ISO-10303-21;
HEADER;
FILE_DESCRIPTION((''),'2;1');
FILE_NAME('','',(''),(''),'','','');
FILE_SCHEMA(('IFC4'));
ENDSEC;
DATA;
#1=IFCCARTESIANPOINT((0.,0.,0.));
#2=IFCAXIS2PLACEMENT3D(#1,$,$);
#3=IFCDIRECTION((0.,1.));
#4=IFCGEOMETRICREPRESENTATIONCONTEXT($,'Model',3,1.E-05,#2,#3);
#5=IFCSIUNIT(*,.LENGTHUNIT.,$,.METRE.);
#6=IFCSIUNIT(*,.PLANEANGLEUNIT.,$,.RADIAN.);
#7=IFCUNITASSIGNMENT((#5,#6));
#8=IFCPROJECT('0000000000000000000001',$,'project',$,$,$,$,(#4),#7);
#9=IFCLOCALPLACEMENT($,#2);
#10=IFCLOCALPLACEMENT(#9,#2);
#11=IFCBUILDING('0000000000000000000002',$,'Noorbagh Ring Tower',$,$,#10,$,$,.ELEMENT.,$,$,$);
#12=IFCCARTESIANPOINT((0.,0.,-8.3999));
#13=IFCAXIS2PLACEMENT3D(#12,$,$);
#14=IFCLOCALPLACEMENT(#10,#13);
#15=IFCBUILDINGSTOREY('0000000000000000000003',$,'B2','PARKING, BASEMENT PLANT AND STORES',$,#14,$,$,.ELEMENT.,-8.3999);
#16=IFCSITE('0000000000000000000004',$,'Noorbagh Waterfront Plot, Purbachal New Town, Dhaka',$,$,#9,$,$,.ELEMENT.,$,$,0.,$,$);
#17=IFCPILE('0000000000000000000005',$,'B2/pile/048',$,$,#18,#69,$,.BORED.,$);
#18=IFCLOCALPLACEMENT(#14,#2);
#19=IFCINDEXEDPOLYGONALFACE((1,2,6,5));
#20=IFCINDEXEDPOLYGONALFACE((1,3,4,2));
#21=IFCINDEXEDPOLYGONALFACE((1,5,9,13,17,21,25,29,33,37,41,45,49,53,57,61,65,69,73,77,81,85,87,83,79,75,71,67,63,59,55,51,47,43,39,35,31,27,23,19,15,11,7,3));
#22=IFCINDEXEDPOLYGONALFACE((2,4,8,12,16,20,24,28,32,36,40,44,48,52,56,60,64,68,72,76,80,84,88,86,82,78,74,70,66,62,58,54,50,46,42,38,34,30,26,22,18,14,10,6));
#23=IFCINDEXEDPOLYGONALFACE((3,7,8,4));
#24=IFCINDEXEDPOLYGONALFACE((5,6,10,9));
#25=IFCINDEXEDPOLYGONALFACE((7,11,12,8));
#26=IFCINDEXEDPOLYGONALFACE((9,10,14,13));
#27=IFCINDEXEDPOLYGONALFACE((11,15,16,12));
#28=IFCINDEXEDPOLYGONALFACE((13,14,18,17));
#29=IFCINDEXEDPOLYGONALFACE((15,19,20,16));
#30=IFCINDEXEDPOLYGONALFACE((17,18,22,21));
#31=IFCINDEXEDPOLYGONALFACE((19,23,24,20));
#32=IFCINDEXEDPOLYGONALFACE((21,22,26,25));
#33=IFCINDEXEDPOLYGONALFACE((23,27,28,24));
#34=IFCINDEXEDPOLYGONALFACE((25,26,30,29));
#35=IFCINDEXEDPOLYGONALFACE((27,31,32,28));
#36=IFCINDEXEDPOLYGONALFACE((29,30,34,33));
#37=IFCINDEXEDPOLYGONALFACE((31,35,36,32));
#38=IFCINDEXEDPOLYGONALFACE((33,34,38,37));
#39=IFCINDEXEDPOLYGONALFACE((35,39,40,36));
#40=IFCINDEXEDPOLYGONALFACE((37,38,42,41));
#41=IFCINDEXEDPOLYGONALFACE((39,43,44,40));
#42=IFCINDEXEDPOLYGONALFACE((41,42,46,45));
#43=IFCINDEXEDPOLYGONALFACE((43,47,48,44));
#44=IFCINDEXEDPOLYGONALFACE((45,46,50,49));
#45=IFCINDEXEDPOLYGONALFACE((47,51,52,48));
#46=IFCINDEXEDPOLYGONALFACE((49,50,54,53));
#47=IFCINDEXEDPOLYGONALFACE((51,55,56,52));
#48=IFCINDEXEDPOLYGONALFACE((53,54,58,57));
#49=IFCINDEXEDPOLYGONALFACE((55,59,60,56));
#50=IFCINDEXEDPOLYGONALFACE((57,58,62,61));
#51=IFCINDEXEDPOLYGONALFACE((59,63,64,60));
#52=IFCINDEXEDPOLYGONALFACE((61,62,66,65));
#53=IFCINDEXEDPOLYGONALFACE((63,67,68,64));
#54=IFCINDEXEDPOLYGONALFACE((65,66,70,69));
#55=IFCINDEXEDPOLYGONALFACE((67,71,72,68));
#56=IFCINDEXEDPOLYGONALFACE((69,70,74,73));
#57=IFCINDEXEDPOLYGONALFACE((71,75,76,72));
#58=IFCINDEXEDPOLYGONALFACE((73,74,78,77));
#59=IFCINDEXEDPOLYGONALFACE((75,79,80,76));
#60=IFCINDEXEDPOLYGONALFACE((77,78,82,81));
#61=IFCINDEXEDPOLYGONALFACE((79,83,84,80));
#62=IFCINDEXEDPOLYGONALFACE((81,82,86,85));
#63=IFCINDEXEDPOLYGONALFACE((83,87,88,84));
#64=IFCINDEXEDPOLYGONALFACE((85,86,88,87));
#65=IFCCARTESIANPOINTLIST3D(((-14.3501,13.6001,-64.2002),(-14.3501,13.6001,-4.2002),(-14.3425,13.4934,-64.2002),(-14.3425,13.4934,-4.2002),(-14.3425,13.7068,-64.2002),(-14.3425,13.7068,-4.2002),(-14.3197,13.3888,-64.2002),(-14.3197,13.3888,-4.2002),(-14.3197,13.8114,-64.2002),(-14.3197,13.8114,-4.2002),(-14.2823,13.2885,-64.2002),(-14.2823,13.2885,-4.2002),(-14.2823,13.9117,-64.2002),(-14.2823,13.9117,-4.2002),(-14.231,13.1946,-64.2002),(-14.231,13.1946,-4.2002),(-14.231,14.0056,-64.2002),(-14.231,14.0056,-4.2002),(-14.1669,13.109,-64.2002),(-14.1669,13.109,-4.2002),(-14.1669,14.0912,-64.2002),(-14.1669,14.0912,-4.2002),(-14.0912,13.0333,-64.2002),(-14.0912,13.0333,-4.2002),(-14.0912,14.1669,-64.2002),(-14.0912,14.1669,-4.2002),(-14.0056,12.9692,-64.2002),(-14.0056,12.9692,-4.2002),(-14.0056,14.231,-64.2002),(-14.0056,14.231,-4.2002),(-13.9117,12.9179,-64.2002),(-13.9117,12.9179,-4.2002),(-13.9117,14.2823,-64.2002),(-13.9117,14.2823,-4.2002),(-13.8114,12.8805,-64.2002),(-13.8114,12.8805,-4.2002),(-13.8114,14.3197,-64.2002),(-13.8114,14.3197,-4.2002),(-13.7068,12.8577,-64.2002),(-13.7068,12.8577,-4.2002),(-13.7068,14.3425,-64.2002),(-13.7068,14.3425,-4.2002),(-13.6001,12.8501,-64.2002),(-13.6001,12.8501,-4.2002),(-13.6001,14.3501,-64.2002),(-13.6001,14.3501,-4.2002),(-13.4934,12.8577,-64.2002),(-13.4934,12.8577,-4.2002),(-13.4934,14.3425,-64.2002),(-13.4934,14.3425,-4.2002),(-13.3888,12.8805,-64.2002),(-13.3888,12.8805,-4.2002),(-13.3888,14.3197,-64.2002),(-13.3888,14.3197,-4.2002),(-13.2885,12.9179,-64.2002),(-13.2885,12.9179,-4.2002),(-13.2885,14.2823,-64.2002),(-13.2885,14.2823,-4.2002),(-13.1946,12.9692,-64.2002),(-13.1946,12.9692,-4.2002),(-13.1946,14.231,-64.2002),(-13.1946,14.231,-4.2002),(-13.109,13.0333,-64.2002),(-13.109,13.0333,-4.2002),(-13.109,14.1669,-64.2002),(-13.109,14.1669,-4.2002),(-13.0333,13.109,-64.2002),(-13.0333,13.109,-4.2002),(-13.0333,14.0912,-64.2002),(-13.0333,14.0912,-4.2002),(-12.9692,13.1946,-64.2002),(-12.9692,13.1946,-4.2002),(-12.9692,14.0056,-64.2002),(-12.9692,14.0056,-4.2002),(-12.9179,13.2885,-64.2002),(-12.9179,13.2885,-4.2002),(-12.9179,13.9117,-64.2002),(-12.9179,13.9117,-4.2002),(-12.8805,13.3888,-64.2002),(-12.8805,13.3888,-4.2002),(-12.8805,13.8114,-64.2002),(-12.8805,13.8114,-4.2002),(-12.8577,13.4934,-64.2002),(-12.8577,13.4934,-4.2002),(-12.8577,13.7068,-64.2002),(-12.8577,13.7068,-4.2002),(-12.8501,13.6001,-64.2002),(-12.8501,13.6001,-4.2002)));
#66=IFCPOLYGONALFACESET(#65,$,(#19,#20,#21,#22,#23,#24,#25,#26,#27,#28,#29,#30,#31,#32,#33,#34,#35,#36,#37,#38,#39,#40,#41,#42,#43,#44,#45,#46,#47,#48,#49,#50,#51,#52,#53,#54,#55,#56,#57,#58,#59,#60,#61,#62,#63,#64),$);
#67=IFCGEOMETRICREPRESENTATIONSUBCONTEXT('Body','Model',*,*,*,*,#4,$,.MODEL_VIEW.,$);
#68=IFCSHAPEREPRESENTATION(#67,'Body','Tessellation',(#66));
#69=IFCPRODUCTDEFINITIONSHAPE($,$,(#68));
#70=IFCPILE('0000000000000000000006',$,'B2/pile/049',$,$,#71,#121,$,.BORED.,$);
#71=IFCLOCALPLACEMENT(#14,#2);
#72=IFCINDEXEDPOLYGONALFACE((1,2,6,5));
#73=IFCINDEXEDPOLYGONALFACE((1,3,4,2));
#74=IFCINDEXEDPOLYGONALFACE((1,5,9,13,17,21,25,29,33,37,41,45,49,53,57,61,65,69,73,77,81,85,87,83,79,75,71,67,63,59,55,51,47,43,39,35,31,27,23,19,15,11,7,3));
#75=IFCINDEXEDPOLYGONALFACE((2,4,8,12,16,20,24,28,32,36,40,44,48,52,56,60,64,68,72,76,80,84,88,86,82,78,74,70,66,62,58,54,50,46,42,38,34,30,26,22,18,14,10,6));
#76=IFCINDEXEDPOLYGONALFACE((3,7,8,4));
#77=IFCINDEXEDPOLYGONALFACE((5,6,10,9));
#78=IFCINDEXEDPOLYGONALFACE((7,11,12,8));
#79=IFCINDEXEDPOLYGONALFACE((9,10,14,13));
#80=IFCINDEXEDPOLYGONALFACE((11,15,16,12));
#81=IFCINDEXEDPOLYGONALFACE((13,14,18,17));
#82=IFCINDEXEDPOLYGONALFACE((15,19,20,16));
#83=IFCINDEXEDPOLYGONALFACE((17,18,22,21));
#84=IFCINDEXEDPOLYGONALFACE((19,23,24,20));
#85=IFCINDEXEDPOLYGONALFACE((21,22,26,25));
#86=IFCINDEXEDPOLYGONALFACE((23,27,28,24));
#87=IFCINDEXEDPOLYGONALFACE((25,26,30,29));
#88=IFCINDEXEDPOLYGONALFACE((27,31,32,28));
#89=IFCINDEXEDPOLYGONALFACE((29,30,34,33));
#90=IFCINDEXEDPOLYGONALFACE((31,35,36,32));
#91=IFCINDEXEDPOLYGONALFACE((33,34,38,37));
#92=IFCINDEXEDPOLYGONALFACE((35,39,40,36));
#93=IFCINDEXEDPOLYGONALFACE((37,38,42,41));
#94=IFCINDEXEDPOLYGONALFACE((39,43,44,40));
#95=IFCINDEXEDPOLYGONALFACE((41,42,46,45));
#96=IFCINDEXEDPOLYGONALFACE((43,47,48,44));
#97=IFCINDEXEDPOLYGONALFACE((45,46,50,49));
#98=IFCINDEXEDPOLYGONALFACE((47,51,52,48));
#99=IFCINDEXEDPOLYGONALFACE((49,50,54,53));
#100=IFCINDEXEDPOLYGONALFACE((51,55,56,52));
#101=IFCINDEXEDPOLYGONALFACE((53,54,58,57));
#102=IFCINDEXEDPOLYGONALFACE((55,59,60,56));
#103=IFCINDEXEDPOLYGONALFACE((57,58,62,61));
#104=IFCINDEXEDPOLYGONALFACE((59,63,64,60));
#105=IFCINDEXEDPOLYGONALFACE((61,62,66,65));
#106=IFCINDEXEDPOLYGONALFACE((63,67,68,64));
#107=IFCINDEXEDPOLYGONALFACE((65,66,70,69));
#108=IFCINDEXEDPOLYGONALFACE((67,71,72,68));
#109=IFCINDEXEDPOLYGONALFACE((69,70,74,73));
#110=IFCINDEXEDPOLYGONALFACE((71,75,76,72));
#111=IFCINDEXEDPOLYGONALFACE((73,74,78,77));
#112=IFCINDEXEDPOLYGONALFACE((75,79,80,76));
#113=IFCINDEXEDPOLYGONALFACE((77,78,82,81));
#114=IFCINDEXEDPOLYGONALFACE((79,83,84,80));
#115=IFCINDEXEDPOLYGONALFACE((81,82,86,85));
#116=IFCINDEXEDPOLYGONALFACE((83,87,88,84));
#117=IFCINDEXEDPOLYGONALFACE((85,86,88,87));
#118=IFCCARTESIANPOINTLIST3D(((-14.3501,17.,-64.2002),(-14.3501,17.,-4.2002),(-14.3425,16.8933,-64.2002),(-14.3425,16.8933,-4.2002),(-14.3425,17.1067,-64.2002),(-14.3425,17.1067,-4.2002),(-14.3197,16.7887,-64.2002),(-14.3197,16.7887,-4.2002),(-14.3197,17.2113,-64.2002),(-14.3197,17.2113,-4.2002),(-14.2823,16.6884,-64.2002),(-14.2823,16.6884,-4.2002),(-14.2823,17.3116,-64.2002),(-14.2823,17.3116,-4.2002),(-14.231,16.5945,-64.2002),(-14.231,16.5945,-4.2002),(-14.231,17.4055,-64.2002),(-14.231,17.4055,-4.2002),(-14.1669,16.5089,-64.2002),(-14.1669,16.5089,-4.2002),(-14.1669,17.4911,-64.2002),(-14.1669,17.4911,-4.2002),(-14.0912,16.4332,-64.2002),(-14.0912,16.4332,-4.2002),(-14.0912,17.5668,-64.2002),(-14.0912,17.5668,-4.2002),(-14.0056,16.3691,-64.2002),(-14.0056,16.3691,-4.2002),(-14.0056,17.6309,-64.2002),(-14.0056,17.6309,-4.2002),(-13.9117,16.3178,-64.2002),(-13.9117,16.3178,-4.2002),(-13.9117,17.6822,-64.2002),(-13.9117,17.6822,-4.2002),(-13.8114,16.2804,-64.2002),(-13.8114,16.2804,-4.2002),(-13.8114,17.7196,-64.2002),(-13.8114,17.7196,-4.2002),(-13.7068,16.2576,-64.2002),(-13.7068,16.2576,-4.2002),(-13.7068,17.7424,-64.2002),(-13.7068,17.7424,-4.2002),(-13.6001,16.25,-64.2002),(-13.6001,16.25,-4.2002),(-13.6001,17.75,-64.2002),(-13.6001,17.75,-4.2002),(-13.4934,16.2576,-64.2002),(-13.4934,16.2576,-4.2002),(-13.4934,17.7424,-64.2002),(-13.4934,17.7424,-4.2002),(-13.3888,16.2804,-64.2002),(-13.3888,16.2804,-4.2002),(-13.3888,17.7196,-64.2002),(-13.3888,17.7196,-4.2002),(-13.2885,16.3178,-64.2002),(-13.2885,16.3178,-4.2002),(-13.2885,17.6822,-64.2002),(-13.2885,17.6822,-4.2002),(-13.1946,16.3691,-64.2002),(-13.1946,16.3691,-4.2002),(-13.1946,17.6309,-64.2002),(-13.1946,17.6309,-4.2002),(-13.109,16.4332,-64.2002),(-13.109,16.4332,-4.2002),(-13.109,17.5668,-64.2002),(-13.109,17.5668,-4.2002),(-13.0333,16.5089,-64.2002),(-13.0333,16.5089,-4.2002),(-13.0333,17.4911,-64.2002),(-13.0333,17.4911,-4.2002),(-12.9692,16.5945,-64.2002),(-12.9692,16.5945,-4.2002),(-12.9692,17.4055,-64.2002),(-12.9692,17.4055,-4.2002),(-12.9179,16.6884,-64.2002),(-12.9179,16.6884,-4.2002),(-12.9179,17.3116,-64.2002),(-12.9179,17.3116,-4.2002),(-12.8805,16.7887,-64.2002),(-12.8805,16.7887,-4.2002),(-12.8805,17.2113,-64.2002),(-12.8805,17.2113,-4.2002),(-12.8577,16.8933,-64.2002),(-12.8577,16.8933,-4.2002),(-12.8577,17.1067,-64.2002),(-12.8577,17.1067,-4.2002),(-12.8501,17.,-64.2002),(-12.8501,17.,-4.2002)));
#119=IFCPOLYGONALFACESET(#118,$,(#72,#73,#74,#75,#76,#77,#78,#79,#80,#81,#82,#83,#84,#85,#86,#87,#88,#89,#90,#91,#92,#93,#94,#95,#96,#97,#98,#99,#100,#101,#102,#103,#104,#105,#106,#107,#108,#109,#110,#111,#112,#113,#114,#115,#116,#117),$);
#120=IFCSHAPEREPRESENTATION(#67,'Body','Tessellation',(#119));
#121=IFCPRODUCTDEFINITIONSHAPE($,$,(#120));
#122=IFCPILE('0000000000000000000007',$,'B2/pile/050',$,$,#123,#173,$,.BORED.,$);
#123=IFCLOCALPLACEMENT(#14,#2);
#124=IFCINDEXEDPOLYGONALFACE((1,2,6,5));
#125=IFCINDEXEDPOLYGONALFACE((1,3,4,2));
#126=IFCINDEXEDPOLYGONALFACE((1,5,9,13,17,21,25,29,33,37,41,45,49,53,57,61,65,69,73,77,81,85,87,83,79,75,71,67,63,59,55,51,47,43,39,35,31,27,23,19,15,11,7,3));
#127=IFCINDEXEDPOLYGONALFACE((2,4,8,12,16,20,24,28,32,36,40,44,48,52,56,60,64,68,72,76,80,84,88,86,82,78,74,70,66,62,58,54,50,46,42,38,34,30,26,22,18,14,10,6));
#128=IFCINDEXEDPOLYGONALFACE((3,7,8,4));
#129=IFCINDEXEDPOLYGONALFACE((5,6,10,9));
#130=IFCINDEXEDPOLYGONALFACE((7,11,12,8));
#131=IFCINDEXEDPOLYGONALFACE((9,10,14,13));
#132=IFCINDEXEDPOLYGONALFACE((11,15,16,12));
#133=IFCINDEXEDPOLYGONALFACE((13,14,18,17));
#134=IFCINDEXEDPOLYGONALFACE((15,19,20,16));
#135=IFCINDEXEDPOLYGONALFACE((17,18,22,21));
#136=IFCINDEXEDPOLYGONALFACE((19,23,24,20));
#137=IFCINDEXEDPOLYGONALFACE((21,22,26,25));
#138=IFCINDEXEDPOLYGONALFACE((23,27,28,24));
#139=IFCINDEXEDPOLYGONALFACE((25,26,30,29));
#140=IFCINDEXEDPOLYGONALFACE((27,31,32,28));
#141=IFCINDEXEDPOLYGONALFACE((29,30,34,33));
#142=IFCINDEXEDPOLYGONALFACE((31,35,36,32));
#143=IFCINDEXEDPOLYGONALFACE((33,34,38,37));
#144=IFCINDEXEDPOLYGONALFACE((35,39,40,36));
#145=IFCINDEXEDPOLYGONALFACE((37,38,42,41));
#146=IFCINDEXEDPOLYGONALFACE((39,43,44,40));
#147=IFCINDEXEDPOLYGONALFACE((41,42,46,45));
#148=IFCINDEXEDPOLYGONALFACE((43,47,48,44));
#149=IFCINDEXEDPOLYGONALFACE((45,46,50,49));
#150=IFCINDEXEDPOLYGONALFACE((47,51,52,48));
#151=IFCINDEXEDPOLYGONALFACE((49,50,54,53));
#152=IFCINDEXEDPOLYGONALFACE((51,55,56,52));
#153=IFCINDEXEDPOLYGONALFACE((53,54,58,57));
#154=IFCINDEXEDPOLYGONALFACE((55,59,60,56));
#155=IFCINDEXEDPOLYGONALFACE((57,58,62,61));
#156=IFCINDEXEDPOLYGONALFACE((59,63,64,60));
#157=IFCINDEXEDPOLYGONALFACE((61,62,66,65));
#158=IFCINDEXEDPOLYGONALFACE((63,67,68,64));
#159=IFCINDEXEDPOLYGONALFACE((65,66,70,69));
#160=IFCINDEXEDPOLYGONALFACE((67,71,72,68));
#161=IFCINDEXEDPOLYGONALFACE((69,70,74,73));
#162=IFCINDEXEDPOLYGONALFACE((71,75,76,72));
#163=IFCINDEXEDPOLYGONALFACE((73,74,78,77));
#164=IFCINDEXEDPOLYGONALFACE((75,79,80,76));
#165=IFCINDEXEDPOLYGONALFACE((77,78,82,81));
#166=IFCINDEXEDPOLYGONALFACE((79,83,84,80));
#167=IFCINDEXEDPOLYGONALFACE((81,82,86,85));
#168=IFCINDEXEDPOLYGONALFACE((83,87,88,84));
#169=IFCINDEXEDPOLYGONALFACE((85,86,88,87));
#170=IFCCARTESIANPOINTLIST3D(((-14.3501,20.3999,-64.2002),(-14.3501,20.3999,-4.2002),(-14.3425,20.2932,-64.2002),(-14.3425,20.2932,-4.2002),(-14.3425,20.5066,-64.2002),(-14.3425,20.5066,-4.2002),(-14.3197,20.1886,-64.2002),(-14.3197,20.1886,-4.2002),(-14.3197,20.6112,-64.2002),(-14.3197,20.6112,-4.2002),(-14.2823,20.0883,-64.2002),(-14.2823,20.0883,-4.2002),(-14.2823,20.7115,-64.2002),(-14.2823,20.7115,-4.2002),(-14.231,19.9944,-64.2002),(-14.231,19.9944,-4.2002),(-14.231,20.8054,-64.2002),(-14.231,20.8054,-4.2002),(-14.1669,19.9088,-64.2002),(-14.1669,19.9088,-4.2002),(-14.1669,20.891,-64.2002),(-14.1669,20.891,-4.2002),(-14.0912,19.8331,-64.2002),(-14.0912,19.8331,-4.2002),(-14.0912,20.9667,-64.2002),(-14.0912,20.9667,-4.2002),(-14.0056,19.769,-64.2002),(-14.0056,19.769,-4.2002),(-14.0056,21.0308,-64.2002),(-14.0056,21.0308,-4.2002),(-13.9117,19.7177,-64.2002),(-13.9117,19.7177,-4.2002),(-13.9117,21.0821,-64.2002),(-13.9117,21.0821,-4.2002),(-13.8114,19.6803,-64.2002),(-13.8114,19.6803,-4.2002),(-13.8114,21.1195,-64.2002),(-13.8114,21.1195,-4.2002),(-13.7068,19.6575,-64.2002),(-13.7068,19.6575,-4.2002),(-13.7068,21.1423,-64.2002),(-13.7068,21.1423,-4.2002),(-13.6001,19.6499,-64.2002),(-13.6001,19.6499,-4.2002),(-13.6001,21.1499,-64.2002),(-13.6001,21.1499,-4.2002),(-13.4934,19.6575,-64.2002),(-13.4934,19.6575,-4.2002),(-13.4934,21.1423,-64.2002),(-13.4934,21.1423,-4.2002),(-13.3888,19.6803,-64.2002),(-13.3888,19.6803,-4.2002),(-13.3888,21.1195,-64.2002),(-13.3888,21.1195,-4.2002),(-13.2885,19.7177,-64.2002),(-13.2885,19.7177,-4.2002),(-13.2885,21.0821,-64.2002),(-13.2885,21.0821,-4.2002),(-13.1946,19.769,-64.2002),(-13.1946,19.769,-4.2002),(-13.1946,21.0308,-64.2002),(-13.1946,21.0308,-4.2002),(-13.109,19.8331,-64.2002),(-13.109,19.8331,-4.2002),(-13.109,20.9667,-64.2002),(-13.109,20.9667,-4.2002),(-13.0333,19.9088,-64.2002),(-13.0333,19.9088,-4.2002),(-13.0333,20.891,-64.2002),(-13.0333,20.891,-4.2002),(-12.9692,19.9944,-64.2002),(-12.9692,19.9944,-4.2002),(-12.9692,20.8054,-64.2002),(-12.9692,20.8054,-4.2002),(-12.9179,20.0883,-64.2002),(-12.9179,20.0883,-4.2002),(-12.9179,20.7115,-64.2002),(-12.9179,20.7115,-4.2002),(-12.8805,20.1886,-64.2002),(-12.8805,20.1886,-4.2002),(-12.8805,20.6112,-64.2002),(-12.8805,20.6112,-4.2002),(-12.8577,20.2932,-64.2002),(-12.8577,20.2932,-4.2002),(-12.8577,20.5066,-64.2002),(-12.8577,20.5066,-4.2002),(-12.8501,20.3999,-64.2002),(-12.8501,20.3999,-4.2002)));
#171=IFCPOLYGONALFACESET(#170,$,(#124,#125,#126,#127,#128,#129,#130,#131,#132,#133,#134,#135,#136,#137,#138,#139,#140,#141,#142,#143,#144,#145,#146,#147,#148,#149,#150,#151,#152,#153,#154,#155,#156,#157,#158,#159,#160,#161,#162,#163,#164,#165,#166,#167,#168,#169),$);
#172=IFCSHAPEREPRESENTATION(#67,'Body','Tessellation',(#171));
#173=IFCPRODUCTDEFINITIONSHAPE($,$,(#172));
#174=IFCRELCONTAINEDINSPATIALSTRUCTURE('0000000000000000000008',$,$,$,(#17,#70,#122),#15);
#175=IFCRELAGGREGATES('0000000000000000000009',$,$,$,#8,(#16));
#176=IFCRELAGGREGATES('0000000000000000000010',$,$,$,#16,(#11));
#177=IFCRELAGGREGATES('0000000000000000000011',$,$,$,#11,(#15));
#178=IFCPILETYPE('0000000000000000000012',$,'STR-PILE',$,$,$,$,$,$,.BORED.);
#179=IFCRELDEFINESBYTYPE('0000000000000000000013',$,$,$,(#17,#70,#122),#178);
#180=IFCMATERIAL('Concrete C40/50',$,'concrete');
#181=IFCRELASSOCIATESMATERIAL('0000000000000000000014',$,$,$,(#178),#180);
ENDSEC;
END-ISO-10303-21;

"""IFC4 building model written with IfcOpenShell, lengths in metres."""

from ifc_helpers import new_model, si_unit, direction, frame, origin, origin_2d, place, context, subcontext, project, spatial, circle, extrude, material, material_profile, profile_set, type_object, element, save


model = new_model("IFC4")

# Units and contexts
model_context = context("Model", 3, precision=1e-05, world=origin(), true_north=direction((0.0, 1.0)))
body_context = subcontext(model_context, "Body", "Model", "MODEL_VIEW")
ifc_project = project(units=[si_unit("LENGTHUNIT", "METRE"), si_unit("PLANEANGLEUNIT", "RADIAN")], contexts=[model_context])

# Site, building, storey
site_placement = place(None, origin())
site = spatial("IfcSite", under=ifc_project, at=site_placement, Name="Noorbagh Waterfront Plot, Purbachal New Town, Dhaka", CompositionType="ELEMENT", RefElevation=0.0)
building_placement = place(site_placement, origin())
building = spatial("IfcBuilding", under=site, at=building_placement, Name="Noorbagh Ring Tower", CompositionType="ELEMENT")
storey_placement = place(building_placement, frame((0.0, 0.0, -8.3999)))
storey = spatial("IfcBuildingStorey", under=building, at=storey_placement, Name="B2", Description="PARKING, BASEMENT PLANT AND STORES", CompositionType="ELEMENT", Elevation=-8.3999)

# Piles
ifc_material_1 = material(Name="Concrete C40/50", Category="concrete")
ifc_material_profile_1 = material_profile(ifc_material_1, circle(Radius=0.75, at=origin_2d()), Name="PILE1500")
ifc_profile_set_1 = profile_set([ifc_material_profile_1], Name="Concrete C40/50")
pile_type = type_object("IfcPileType", Name="STR-PILE", PredefinedType="BORED", material=ifc_profile_set_1)
for number, where, z_axis, x_axis, name in (
    (1, (-13.6001, 13.6001, -4.2002), (0.0, 0.0, -1.0), (1.0, 0.0, 0.0), "B2/pile/048"),
    (2, (-13.6001, 17.0, -4.2002), (0.0, 0.0, -1.0), (1.0, 0.0, 0.0), "B2/pile/049"),
    (3, (-13.6001, 20.3999, -4.2002), (0.0, 0.0, -1.0), (1.0, 0.0, 0.0), "B2/pile/050"),
):
    element("IfcPile", number, at=place(storey_placement, frame(where, z_axis=z_axis, x_axis=x_axis)), inside=storey, type_object=pile_type, Name=name, PredefinedType="BORED", context=body_context, shape_type="SweptSolid", body=[
        extrude(circle(Radius=0.75, at=origin_2d()), origin(), (0.0, 0.0, 1.0), 60.0),
    ])

save(model, "model.ifc")
